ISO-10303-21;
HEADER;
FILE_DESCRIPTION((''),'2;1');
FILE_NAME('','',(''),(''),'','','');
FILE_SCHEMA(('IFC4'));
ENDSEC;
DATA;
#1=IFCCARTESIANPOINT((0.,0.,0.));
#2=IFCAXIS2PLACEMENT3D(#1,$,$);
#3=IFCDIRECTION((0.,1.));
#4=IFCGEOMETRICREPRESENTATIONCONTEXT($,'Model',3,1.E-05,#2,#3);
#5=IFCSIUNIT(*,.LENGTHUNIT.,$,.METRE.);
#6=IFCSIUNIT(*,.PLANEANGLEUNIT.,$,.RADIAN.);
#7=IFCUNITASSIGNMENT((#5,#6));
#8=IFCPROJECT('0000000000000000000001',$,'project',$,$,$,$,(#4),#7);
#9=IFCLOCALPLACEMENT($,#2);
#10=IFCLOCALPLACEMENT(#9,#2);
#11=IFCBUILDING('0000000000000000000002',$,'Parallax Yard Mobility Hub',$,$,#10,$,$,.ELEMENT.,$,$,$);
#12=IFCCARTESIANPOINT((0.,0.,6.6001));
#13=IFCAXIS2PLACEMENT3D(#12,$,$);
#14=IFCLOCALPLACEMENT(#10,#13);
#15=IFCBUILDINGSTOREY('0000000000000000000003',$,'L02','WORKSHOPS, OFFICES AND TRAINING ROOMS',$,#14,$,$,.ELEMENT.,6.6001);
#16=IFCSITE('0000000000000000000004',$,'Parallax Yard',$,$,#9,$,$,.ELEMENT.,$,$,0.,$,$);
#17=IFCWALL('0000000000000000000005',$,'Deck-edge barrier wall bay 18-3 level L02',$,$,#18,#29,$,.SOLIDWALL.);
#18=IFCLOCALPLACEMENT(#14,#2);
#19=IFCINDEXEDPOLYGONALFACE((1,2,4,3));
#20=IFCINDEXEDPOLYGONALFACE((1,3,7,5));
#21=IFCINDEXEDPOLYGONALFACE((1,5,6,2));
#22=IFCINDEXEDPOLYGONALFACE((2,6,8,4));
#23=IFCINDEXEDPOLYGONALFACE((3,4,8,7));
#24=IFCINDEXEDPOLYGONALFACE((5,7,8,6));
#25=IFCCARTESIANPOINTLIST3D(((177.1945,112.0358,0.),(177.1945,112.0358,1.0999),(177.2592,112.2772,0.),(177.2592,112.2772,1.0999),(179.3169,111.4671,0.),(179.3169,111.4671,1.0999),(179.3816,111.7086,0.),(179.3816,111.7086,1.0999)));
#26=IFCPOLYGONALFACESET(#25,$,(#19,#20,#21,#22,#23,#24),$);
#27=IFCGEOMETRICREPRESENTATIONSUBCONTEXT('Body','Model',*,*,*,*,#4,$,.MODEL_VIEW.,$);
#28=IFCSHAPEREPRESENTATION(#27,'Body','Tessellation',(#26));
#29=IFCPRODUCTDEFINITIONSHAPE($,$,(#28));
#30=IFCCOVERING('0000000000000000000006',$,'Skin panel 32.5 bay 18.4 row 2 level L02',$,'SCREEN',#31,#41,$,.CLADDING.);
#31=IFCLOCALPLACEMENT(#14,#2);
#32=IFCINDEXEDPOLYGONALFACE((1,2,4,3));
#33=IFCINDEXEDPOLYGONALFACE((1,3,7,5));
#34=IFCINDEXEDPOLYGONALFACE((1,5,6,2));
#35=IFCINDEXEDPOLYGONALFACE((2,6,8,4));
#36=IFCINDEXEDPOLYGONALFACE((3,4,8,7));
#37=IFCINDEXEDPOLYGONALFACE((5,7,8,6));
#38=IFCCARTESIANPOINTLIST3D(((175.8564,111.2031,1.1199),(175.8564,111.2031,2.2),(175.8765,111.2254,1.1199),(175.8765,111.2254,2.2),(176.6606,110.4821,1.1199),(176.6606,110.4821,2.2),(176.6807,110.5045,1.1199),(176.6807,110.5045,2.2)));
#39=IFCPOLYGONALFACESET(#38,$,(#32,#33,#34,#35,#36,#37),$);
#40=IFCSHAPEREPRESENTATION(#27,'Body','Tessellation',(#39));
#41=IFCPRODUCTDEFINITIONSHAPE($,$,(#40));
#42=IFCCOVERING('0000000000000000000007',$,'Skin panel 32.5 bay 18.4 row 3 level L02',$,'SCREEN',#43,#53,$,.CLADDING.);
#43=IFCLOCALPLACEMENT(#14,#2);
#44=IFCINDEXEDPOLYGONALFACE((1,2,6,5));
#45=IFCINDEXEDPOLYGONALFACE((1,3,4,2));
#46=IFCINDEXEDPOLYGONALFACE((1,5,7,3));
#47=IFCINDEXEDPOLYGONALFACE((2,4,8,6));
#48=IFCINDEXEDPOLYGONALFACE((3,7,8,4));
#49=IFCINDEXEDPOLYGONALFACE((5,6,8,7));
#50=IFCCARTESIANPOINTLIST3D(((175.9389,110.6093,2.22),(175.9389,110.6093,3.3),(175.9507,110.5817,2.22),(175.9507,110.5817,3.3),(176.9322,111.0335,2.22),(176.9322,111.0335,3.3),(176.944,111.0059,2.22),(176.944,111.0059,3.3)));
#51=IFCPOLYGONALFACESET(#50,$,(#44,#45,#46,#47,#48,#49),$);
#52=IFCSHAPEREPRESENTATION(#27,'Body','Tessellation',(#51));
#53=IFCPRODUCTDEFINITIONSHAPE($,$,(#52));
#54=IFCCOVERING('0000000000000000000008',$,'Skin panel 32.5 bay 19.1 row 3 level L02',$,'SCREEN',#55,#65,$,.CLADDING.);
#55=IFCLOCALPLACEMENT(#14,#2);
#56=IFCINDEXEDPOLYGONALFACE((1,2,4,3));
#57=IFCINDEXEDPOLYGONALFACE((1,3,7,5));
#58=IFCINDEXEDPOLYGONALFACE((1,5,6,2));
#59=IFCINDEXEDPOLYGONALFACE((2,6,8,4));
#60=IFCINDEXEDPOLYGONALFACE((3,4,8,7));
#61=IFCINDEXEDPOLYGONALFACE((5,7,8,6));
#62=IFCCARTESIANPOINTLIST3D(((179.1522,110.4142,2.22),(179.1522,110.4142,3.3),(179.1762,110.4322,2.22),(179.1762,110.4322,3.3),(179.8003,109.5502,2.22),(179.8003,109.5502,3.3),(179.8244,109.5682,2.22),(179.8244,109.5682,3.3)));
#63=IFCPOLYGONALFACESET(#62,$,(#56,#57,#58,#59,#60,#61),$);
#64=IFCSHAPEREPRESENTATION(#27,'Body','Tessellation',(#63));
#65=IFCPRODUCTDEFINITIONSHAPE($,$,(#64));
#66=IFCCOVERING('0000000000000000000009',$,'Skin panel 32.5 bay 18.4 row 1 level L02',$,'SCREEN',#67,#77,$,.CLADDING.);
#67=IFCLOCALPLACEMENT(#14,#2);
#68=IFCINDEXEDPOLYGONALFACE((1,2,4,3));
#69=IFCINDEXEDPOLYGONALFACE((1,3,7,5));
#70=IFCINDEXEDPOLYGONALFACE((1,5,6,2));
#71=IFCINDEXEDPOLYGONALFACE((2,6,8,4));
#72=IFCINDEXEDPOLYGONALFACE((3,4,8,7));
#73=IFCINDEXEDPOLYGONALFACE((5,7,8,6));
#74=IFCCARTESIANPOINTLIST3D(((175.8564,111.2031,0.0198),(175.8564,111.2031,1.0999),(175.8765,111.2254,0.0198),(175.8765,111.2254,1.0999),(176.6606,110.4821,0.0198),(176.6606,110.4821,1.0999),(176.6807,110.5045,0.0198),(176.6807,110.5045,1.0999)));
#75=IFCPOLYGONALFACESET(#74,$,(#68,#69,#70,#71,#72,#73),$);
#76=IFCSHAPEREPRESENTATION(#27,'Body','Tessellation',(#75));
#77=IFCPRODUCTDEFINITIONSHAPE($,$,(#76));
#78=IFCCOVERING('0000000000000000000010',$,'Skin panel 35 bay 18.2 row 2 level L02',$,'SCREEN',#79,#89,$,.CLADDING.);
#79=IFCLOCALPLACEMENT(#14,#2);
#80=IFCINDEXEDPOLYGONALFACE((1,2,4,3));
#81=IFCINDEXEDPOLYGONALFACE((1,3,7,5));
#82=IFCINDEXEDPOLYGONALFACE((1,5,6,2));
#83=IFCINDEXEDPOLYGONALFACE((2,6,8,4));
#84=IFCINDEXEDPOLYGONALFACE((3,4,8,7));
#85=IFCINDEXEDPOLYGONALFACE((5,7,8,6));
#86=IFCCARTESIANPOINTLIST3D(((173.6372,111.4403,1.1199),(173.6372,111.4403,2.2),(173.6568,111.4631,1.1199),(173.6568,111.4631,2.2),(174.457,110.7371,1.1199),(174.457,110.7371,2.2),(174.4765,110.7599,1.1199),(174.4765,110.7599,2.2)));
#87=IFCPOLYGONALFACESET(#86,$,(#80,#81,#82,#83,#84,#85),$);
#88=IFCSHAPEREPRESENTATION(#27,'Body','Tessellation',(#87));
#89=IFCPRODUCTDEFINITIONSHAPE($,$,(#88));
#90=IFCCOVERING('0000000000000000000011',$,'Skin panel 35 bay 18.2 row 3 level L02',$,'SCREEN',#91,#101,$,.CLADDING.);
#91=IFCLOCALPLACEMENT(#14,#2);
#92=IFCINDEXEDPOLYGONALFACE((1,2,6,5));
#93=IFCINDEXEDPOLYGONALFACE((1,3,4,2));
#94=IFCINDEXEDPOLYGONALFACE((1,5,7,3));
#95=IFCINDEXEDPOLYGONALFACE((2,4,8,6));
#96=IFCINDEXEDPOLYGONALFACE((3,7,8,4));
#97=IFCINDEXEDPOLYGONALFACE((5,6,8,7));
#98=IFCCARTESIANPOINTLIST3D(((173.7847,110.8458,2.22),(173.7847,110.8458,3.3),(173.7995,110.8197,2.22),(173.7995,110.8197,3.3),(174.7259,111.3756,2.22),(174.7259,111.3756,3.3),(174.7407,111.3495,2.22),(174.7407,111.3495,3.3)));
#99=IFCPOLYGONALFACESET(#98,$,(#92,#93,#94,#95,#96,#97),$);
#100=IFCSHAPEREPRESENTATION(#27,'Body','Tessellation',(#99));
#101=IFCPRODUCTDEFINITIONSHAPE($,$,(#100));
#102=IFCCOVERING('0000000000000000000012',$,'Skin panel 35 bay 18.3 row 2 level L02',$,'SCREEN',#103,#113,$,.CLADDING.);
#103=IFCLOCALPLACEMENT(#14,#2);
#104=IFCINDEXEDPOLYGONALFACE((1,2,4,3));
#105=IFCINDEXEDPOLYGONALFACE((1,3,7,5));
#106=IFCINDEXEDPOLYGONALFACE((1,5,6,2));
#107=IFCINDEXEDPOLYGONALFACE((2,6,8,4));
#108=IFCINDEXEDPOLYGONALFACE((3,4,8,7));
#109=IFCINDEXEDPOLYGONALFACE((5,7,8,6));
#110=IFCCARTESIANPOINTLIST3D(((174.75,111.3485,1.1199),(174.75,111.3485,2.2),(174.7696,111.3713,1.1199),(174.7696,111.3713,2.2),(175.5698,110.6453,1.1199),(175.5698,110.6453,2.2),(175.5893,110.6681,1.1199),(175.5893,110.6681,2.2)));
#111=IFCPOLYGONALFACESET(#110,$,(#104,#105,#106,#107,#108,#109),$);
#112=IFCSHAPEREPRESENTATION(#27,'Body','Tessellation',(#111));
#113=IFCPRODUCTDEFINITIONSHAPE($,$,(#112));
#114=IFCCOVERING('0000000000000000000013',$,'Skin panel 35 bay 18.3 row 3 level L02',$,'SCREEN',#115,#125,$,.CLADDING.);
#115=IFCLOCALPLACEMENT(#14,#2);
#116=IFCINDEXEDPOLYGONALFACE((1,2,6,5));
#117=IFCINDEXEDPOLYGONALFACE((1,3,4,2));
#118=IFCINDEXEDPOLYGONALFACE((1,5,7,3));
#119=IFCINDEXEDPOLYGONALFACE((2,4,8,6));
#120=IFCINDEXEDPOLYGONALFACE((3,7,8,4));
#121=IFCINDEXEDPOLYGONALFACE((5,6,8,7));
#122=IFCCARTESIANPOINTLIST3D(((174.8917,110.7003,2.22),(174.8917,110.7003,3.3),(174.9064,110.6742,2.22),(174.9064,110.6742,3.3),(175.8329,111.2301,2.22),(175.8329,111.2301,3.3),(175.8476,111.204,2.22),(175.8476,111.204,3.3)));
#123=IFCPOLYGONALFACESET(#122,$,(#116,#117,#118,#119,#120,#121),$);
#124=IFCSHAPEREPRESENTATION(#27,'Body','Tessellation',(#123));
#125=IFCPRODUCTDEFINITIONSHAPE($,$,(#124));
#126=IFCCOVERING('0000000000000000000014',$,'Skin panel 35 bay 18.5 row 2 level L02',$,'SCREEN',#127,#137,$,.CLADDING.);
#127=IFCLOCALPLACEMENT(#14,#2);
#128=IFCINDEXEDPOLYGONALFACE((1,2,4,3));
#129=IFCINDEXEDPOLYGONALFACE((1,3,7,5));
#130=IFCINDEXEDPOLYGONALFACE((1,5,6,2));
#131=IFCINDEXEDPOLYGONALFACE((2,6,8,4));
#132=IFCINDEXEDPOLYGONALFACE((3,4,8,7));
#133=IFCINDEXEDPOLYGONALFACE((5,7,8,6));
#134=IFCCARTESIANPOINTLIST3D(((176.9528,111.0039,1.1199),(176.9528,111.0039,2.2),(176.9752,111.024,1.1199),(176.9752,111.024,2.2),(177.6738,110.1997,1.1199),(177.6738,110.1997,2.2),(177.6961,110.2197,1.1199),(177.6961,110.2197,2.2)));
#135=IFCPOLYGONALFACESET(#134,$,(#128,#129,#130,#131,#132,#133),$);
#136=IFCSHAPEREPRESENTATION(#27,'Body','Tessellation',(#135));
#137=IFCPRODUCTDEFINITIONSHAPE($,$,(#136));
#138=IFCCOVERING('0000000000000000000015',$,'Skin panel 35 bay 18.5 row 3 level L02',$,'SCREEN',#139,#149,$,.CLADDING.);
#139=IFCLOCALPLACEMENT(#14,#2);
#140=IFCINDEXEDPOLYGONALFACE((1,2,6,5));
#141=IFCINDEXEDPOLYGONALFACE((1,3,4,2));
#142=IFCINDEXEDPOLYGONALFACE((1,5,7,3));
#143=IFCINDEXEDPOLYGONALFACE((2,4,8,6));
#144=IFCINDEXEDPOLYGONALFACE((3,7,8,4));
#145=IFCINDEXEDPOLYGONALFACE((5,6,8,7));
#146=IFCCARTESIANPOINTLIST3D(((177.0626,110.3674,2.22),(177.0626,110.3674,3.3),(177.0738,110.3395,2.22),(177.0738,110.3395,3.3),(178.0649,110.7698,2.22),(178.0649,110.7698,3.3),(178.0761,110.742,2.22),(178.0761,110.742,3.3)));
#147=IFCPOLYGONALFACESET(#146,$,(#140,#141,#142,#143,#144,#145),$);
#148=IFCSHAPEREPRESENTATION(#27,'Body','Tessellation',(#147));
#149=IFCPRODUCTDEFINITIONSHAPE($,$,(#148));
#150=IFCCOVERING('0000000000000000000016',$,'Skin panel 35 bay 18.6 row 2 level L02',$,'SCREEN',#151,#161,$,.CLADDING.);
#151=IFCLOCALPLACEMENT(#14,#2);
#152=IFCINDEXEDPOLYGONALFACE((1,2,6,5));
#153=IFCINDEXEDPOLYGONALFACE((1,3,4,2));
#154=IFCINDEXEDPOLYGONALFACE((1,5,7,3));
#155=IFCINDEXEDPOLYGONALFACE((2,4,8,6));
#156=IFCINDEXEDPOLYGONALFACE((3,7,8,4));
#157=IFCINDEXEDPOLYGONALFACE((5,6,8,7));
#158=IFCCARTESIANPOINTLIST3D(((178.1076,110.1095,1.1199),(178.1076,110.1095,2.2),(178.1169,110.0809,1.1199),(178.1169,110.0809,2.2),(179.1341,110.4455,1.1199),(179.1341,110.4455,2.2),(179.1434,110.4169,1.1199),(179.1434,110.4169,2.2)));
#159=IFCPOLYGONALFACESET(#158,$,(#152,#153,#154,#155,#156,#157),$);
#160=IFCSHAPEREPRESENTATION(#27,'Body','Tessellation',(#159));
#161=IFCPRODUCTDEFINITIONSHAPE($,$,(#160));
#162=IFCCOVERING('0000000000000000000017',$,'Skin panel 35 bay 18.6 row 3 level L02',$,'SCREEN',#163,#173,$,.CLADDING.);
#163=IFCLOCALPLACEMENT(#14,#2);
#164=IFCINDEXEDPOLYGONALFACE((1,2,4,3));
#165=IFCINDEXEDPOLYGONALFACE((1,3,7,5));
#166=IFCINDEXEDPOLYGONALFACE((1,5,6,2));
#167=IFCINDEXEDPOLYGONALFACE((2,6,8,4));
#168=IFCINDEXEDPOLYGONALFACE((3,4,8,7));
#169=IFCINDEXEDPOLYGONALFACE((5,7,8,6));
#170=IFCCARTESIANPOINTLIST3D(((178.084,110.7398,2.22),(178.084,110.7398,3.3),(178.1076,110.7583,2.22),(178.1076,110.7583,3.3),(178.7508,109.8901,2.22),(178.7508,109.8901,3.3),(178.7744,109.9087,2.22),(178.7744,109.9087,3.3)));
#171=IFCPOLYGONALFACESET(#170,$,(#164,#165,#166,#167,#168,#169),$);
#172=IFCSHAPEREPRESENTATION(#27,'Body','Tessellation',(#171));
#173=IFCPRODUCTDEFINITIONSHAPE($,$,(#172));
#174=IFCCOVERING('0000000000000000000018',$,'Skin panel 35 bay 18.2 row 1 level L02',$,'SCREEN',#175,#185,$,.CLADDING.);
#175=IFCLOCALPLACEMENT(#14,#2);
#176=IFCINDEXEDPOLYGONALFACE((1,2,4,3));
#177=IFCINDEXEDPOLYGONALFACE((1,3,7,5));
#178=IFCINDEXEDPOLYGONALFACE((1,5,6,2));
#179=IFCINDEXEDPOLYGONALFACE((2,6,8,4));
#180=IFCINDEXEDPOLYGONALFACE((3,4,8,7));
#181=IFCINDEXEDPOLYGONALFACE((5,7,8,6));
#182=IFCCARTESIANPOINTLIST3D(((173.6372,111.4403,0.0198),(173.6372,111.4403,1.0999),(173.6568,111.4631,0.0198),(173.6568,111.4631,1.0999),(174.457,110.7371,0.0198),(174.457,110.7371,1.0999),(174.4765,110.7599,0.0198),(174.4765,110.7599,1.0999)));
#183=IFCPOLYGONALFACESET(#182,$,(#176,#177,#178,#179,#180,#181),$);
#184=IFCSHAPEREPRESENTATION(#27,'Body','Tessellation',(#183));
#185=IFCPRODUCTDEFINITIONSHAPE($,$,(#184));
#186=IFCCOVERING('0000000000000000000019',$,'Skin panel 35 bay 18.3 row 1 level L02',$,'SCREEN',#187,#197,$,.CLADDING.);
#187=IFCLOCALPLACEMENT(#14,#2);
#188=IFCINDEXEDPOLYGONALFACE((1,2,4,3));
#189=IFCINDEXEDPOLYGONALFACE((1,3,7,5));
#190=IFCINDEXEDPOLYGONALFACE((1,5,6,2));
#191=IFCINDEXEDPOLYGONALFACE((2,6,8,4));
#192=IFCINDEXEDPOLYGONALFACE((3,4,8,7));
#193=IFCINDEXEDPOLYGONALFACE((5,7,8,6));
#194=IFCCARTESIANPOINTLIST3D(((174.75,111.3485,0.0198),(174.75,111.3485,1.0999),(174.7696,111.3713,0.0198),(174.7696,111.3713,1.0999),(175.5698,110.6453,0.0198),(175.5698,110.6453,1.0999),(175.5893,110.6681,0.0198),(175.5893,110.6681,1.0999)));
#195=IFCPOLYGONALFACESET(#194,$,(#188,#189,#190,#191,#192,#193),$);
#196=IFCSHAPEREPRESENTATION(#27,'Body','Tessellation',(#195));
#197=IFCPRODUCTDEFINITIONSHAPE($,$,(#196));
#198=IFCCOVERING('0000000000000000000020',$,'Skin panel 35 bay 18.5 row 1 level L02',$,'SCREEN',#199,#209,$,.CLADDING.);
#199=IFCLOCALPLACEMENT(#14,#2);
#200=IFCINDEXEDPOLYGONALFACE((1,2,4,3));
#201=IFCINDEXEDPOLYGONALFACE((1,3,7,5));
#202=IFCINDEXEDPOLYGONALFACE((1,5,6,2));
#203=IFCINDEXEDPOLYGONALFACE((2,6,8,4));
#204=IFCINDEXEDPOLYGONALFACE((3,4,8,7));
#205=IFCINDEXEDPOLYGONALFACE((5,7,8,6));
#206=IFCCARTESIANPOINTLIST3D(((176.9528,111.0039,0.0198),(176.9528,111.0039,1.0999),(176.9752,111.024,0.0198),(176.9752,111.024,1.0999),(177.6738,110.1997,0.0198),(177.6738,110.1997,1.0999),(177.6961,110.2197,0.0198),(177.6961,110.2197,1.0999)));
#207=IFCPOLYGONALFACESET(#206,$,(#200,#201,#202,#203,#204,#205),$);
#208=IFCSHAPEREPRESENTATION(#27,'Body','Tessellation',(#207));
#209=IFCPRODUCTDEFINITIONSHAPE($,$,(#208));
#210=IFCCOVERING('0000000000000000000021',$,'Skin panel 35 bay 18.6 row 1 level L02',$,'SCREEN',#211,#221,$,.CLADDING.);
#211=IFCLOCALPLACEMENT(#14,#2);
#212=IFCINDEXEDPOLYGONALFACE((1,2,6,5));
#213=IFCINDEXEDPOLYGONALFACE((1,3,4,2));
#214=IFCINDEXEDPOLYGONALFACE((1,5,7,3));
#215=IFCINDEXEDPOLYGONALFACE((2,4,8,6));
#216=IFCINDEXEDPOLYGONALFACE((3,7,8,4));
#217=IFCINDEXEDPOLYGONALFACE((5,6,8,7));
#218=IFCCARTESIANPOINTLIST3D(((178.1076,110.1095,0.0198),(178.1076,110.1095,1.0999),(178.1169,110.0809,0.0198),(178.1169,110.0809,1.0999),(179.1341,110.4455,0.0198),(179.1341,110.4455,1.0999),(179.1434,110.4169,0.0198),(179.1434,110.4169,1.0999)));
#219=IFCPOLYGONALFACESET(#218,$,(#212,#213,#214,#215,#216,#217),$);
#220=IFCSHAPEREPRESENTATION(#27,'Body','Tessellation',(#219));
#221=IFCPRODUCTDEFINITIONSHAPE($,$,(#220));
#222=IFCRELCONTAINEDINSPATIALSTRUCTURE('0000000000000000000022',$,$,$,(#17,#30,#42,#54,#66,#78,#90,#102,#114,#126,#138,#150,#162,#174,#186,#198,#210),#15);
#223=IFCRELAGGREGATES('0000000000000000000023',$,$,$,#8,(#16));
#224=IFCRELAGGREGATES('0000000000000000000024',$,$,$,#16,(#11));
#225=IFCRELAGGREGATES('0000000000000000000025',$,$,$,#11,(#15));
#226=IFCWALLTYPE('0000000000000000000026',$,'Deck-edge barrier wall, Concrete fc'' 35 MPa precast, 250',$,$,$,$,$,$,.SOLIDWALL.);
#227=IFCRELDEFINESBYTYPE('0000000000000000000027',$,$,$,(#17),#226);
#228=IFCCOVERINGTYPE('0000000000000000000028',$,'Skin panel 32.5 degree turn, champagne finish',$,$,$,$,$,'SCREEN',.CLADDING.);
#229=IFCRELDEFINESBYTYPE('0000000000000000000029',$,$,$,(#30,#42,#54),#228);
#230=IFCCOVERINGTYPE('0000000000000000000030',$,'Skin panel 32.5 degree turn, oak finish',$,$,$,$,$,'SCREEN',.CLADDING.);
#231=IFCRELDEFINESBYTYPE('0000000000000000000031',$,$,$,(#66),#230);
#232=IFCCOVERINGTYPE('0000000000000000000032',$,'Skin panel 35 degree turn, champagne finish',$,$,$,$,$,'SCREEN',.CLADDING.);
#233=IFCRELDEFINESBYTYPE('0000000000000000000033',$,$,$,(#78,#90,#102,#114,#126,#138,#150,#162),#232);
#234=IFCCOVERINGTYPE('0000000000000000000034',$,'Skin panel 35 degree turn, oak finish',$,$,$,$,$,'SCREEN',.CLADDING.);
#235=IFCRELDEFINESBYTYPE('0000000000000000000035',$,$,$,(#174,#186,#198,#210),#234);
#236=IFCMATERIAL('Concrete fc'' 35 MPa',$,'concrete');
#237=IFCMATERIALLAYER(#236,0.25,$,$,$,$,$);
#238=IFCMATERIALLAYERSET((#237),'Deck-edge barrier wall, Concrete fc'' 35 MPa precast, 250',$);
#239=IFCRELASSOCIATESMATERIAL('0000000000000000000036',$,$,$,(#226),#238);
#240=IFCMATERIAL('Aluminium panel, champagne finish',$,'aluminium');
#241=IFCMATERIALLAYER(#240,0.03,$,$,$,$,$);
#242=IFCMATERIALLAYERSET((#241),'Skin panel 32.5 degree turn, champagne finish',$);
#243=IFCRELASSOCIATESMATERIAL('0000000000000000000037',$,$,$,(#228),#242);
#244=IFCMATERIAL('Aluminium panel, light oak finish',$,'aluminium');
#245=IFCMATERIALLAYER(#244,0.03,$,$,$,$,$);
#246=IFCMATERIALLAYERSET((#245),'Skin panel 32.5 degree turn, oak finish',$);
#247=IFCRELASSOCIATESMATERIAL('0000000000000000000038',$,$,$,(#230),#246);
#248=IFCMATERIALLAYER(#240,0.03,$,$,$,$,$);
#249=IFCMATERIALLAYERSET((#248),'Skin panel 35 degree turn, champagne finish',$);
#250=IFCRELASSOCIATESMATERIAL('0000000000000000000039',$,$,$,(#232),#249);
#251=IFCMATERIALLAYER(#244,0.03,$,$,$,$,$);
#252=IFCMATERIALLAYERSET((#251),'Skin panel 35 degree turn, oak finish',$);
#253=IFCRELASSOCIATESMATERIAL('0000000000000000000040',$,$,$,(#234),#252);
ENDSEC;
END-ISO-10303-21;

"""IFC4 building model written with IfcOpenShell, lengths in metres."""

from ifc_helpers import new_model, si_unit, direction, frame, frame_2d, origin, origin_2d, place, context, subcontext, project, spatial, rectangle, extrude, material, layer, layer_set, type_object, element, save


model = new_model("IFC4")

# Units and contexts
model_context = context("Model", 3, precision=1e-05, world=origin(), true_north=direction((0.0, 1.0)))
body_context = subcontext(model_context, "Body", "Model", "MODEL_VIEW")
ifc_project = project(units=[si_unit("LENGTHUNIT", "METRE"), si_unit("PLANEANGLEUNIT", "RADIAN")], contexts=[model_context])

# Site, building, storey
site_placement = place(None, origin())
site = spatial("IfcSite", under=ifc_project, at=site_placement, Name="Parallax Yard", CompositionType="ELEMENT", RefElevation=0.0)
building_placement = place(site_placement, origin())
building = spatial("IfcBuilding", under=site, at=building_placement, Name="Parallax Yard Mobility Hub", CompositionType="ELEMENT")
storey_placement = place(building_placement, frame((0.0, 0.0, 6.6001)))
storey = spatial("IfcBuildingStorey", under=building, at=storey_placement, Name="L02", Description="WORKSHOPS, OFFICES AND TRAINING ROOMS", CompositionType="ELEMENT", Elevation=6.6001)

# Wall
ifc_material_1 = material(Name="Concrete fc' 35 MPa", Category="concrete")
ifc_layer_1 = layer(ifc_material_1, 0.25)
ifc_layer_set_1 = layer_set([ifc_layer_1], Name="Deck-edge barrier wall, Concrete fc' 35 MPa precast, 250")
wall_type = type_object("IfcWallType", Name="Deck-edge barrier wall, Concrete fc' 35 MPa precast, 250", PredefinedType="SOLIDWALL", material=ifc_layer_set_1)
wall_placement = place(storey_placement, frame((177.2268, 112.1565, 0.0), z_axis=(0.0, 0.0, 1.0), x_axis=(0.965934, -0.25879, 0.0)))
element("IfcWall", 1, at=wall_placement, inside=storey, type_object=wall_type, Name="Deck-edge barrier wall bay 18-3 level L02", PredefinedType="SOLIDWALL", context=body_context, shape_type="SweptSolid", body=[
    extrude(rectangle(XDim=2.1973, YDim=0.25, at=frame_2d((1.0986, 0.0))), origin(), (0.0, 0.0, 1.0), 1.0999),
])

# Coverings
ifc_material_2 = material(Name="Aluminium panel, champagne finish", Category="aluminium")
ifc_layer_2 = layer(ifc_material_2, 0.03)
ifc_layer_set_2 = layer_set([ifc_layer_2], Name="Skin panel 32.5 degree turn, champagne finish")
covering_type_1 = type_object("IfcCoveringType", Name="Skin panel 32.5 degree turn, champagne finish", ElementType="SCREEN", PredefinedType="CLADDING", material=ifc_layer_set_2)
for number, where, z_axis, x_axis, name in (
    (2, (176.2686, 110.8538, 1.1199), (0.0, 0.0, 1.0), (0.744603, -0.667508, 0.0), "Skin panel 32.5 bay 18.4 row 2 level L02"),
    (3, (176.4414, 110.8076, 2.22), (0.0, 0.0, 1.0), (-0.91965, -0.392738, 0.0), "Skin panel 32.5 bay 18.4 row 3 level L02"),
    (4, (179.4883, 109.9912, 2.22), (0.0, 0.0, 1.0), (0.600071, -0.799947, 0.0), "Skin panel 32.5 bay 19.1 row 3 level L02"),
):
    element("IfcCovering", number, at=place(storey_placement, frame(where, z_axis=z_axis, x_axis=x_axis)), inside=storey, type_object=covering_type_1, Name=name, ObjectType="SCREEN", PredefinedType="CLADDING", context=body_context, shape_type="SweptSolid", body=[
        extrude(rectangle(XDim=1.0801, YDim=0.03, at=origin_2d()), origin(), (0.0, 0.0, 1.0), 1.0801),
    ])
ifc_material_3 = material(Name="Aluminium panel, light oak finish", Category="aluminium")
ifc_layer_3 = layer(ifc_material_3, 0.03)
ifc_layer_set_3 = layer_set([ifc_layer_3], Name="Skin panel 32.5 degree turn, oak finish")
covering_type_2 = type_object("IfcCoveringType", Name="Skin panel 32.5 degree turn, oak finish", ElementType="SCREEN", PredefinedType="CLADDING", material=ifc_layer_set_3)
covering_placement = place(storey_placement, frame((176.2686, 110.8538, 0.0198), z_axis=(0.0, 0.0, 1.0), x_axis=(0.744603, -0.667508, 0.0)))
element("IfcCovering", 5, at=covering_placement, inside=storey, type_object=covering_type_2, Name="Skin panel 32.5 bay 18.4 row 1 level L02", ObjectType="SCREEN", PredefinedType="CLADDING", context=body_context, shape_type="SweptSolid", body=[
    extrude(rectangle(XDim=1.0801, YDim=0.03, at=origin_2d()), origin(), (0.0, 0.0, 1.0), 1.0801),
])
ifc_layer_4 = layer(ifc_material_2, 0.03)
ifc_layer_set_4 = layer_set([ifc_layer_4], Name="Skin panel 35 degree turn, champagne finish")
covering_type_3 = type_object("IfcCoveringType", Name="Skin panel 35 degree turn, champagne finish", ElementType="SCREEN", PredefinedType="CLADDING", material=ifc_layer_set_4)
for number, where, z_axis, x_axis, name in (
    (6, (174.0569, 111.1001, 1.1199), (0.0, 0.0, 1.0), (0.758987, -0.651105, 0.0), "Skin panel 35 bay 18.2 row 2 level L02"),
    (7, (174.2627, 111.0977, 2.22), (0.0, 0.0, 1.0), (-0.871428, -0.490524, 0.0), "Skin panel 35 bay 18.2 row 3 level L02"),
    (8, (175.1697, 111.0083, 1.1199), (0.0, 0.0, 1.0), (0.758987, -0.651105, 0.0), "Skin panel 35 bay 18.3 row 2 level L02"),
    (9, (175.3696, 110.9521, 2.22), (0.0, 0.0, 1.0), (-0.871428, -0.490524, 0.0), "Skin panel 35 bay 18.3 row 3 level L02"),
    (10, (177.3245, 110.6118, 1.1199), (0.0, 0.0, 1.0), (0.667508, -0.744603, 0.0), "Skin panel 35 bay 18.5 row 2 level L02"),
    (11, (177.5693, 110.5547, 2.22), (0.0, 0.0, 1.0), (-0.927999, -0.372583, 0.0), "Skin panel 35 bay 18.5 row 3 level L02"),
    (12, (178.6255, 110.2632, 1.1199), (0.0, 0.0, 1.0), (-0.95038, -0.311091, 0.0), "Skin panel 35 bay 18.6 row 2 level L02"),
    (13, (178.4292, 110.3242, 2.22), (0.0, 0.0, 1.0), (0.617379, -0.786666, 0.0), "Skin panel 35 bay 18.6 row 3 level L02"),
):
    element("IfcCovering", number, at=place(storey_placement, frame(where, z_axis=z_axis, x_axis=x_axis)), inside=storey, type_object=covering_type_3, Name=name, ObjectType="SCREEN", PredefinedType="CLADDING", context=body_context, shape_type="SweptSolid", body=[
        extrude(rectangle(XDim=1.0801, YDim=0.03, at=origin_2d()), origin(), (0.0, 0.0, 1.0), 1.0801),
    ])
ifc_layer_5 = layer(ifc_material_3, 0.03)
ifc_layer_set_5 = layer_set([ifc_layer_5], Name="Skin panel 35 degree turn, oak finish")
covering_type_4 = type_object("IfcCoveringType", Name="Skin panel 35 degree turn, oak finish", ElementType="SCREEN", PredefinedType="CLADDING", material=ifc_layer_set_5)
for number, where, z_axis, x_axis, name in (
    (14, (174.0569, 111.1001, 0.0198), (0.0, 0.0, 1.0), (0.758987, -0.651105, 0.0), "Skin panel 35 bay 18.2 row 1 level L02"),
    (15, (175.1697, 111.0083, 0.0198), (0.0, 0.0, 1.0), (0.758987, -0.651105, 0.0), "Skin panel 35 bay 18.3 row 1 level L02"),
    (16, (177.3245, 110.6118, 0.0198), (0.0, 0.0, 1.0), (0.667508, -0.744603, 0.0), "Skin panel 35 bay 18.5 row 1 level L02"),
    (17, (178.6255, 110.2632, 0.0198), (0.0, 0.0, 1.0), (-0.95038, -0.311091, 0.0), "Skin panel 35 bay 18.6 row 1 level L02"),
):
    element("IfcCovering", number, at=place(storey_placement, frame(where, z_axis=z_axis, x_axis=x_axis)), inside=storey, type_object=covering_type_4, Name=name, ObjectType="SCREEN", PredefinedType="CLADDING", context=body_context, shape_type="SweptSolid", body=[
        extrude(rectangle(XDim=1.0801, YDim=0.03, at=origin_2d()), origin(), (0.0, 0.0, 1.0), 1.0801),
    ])

save(model, "model.ifc")
